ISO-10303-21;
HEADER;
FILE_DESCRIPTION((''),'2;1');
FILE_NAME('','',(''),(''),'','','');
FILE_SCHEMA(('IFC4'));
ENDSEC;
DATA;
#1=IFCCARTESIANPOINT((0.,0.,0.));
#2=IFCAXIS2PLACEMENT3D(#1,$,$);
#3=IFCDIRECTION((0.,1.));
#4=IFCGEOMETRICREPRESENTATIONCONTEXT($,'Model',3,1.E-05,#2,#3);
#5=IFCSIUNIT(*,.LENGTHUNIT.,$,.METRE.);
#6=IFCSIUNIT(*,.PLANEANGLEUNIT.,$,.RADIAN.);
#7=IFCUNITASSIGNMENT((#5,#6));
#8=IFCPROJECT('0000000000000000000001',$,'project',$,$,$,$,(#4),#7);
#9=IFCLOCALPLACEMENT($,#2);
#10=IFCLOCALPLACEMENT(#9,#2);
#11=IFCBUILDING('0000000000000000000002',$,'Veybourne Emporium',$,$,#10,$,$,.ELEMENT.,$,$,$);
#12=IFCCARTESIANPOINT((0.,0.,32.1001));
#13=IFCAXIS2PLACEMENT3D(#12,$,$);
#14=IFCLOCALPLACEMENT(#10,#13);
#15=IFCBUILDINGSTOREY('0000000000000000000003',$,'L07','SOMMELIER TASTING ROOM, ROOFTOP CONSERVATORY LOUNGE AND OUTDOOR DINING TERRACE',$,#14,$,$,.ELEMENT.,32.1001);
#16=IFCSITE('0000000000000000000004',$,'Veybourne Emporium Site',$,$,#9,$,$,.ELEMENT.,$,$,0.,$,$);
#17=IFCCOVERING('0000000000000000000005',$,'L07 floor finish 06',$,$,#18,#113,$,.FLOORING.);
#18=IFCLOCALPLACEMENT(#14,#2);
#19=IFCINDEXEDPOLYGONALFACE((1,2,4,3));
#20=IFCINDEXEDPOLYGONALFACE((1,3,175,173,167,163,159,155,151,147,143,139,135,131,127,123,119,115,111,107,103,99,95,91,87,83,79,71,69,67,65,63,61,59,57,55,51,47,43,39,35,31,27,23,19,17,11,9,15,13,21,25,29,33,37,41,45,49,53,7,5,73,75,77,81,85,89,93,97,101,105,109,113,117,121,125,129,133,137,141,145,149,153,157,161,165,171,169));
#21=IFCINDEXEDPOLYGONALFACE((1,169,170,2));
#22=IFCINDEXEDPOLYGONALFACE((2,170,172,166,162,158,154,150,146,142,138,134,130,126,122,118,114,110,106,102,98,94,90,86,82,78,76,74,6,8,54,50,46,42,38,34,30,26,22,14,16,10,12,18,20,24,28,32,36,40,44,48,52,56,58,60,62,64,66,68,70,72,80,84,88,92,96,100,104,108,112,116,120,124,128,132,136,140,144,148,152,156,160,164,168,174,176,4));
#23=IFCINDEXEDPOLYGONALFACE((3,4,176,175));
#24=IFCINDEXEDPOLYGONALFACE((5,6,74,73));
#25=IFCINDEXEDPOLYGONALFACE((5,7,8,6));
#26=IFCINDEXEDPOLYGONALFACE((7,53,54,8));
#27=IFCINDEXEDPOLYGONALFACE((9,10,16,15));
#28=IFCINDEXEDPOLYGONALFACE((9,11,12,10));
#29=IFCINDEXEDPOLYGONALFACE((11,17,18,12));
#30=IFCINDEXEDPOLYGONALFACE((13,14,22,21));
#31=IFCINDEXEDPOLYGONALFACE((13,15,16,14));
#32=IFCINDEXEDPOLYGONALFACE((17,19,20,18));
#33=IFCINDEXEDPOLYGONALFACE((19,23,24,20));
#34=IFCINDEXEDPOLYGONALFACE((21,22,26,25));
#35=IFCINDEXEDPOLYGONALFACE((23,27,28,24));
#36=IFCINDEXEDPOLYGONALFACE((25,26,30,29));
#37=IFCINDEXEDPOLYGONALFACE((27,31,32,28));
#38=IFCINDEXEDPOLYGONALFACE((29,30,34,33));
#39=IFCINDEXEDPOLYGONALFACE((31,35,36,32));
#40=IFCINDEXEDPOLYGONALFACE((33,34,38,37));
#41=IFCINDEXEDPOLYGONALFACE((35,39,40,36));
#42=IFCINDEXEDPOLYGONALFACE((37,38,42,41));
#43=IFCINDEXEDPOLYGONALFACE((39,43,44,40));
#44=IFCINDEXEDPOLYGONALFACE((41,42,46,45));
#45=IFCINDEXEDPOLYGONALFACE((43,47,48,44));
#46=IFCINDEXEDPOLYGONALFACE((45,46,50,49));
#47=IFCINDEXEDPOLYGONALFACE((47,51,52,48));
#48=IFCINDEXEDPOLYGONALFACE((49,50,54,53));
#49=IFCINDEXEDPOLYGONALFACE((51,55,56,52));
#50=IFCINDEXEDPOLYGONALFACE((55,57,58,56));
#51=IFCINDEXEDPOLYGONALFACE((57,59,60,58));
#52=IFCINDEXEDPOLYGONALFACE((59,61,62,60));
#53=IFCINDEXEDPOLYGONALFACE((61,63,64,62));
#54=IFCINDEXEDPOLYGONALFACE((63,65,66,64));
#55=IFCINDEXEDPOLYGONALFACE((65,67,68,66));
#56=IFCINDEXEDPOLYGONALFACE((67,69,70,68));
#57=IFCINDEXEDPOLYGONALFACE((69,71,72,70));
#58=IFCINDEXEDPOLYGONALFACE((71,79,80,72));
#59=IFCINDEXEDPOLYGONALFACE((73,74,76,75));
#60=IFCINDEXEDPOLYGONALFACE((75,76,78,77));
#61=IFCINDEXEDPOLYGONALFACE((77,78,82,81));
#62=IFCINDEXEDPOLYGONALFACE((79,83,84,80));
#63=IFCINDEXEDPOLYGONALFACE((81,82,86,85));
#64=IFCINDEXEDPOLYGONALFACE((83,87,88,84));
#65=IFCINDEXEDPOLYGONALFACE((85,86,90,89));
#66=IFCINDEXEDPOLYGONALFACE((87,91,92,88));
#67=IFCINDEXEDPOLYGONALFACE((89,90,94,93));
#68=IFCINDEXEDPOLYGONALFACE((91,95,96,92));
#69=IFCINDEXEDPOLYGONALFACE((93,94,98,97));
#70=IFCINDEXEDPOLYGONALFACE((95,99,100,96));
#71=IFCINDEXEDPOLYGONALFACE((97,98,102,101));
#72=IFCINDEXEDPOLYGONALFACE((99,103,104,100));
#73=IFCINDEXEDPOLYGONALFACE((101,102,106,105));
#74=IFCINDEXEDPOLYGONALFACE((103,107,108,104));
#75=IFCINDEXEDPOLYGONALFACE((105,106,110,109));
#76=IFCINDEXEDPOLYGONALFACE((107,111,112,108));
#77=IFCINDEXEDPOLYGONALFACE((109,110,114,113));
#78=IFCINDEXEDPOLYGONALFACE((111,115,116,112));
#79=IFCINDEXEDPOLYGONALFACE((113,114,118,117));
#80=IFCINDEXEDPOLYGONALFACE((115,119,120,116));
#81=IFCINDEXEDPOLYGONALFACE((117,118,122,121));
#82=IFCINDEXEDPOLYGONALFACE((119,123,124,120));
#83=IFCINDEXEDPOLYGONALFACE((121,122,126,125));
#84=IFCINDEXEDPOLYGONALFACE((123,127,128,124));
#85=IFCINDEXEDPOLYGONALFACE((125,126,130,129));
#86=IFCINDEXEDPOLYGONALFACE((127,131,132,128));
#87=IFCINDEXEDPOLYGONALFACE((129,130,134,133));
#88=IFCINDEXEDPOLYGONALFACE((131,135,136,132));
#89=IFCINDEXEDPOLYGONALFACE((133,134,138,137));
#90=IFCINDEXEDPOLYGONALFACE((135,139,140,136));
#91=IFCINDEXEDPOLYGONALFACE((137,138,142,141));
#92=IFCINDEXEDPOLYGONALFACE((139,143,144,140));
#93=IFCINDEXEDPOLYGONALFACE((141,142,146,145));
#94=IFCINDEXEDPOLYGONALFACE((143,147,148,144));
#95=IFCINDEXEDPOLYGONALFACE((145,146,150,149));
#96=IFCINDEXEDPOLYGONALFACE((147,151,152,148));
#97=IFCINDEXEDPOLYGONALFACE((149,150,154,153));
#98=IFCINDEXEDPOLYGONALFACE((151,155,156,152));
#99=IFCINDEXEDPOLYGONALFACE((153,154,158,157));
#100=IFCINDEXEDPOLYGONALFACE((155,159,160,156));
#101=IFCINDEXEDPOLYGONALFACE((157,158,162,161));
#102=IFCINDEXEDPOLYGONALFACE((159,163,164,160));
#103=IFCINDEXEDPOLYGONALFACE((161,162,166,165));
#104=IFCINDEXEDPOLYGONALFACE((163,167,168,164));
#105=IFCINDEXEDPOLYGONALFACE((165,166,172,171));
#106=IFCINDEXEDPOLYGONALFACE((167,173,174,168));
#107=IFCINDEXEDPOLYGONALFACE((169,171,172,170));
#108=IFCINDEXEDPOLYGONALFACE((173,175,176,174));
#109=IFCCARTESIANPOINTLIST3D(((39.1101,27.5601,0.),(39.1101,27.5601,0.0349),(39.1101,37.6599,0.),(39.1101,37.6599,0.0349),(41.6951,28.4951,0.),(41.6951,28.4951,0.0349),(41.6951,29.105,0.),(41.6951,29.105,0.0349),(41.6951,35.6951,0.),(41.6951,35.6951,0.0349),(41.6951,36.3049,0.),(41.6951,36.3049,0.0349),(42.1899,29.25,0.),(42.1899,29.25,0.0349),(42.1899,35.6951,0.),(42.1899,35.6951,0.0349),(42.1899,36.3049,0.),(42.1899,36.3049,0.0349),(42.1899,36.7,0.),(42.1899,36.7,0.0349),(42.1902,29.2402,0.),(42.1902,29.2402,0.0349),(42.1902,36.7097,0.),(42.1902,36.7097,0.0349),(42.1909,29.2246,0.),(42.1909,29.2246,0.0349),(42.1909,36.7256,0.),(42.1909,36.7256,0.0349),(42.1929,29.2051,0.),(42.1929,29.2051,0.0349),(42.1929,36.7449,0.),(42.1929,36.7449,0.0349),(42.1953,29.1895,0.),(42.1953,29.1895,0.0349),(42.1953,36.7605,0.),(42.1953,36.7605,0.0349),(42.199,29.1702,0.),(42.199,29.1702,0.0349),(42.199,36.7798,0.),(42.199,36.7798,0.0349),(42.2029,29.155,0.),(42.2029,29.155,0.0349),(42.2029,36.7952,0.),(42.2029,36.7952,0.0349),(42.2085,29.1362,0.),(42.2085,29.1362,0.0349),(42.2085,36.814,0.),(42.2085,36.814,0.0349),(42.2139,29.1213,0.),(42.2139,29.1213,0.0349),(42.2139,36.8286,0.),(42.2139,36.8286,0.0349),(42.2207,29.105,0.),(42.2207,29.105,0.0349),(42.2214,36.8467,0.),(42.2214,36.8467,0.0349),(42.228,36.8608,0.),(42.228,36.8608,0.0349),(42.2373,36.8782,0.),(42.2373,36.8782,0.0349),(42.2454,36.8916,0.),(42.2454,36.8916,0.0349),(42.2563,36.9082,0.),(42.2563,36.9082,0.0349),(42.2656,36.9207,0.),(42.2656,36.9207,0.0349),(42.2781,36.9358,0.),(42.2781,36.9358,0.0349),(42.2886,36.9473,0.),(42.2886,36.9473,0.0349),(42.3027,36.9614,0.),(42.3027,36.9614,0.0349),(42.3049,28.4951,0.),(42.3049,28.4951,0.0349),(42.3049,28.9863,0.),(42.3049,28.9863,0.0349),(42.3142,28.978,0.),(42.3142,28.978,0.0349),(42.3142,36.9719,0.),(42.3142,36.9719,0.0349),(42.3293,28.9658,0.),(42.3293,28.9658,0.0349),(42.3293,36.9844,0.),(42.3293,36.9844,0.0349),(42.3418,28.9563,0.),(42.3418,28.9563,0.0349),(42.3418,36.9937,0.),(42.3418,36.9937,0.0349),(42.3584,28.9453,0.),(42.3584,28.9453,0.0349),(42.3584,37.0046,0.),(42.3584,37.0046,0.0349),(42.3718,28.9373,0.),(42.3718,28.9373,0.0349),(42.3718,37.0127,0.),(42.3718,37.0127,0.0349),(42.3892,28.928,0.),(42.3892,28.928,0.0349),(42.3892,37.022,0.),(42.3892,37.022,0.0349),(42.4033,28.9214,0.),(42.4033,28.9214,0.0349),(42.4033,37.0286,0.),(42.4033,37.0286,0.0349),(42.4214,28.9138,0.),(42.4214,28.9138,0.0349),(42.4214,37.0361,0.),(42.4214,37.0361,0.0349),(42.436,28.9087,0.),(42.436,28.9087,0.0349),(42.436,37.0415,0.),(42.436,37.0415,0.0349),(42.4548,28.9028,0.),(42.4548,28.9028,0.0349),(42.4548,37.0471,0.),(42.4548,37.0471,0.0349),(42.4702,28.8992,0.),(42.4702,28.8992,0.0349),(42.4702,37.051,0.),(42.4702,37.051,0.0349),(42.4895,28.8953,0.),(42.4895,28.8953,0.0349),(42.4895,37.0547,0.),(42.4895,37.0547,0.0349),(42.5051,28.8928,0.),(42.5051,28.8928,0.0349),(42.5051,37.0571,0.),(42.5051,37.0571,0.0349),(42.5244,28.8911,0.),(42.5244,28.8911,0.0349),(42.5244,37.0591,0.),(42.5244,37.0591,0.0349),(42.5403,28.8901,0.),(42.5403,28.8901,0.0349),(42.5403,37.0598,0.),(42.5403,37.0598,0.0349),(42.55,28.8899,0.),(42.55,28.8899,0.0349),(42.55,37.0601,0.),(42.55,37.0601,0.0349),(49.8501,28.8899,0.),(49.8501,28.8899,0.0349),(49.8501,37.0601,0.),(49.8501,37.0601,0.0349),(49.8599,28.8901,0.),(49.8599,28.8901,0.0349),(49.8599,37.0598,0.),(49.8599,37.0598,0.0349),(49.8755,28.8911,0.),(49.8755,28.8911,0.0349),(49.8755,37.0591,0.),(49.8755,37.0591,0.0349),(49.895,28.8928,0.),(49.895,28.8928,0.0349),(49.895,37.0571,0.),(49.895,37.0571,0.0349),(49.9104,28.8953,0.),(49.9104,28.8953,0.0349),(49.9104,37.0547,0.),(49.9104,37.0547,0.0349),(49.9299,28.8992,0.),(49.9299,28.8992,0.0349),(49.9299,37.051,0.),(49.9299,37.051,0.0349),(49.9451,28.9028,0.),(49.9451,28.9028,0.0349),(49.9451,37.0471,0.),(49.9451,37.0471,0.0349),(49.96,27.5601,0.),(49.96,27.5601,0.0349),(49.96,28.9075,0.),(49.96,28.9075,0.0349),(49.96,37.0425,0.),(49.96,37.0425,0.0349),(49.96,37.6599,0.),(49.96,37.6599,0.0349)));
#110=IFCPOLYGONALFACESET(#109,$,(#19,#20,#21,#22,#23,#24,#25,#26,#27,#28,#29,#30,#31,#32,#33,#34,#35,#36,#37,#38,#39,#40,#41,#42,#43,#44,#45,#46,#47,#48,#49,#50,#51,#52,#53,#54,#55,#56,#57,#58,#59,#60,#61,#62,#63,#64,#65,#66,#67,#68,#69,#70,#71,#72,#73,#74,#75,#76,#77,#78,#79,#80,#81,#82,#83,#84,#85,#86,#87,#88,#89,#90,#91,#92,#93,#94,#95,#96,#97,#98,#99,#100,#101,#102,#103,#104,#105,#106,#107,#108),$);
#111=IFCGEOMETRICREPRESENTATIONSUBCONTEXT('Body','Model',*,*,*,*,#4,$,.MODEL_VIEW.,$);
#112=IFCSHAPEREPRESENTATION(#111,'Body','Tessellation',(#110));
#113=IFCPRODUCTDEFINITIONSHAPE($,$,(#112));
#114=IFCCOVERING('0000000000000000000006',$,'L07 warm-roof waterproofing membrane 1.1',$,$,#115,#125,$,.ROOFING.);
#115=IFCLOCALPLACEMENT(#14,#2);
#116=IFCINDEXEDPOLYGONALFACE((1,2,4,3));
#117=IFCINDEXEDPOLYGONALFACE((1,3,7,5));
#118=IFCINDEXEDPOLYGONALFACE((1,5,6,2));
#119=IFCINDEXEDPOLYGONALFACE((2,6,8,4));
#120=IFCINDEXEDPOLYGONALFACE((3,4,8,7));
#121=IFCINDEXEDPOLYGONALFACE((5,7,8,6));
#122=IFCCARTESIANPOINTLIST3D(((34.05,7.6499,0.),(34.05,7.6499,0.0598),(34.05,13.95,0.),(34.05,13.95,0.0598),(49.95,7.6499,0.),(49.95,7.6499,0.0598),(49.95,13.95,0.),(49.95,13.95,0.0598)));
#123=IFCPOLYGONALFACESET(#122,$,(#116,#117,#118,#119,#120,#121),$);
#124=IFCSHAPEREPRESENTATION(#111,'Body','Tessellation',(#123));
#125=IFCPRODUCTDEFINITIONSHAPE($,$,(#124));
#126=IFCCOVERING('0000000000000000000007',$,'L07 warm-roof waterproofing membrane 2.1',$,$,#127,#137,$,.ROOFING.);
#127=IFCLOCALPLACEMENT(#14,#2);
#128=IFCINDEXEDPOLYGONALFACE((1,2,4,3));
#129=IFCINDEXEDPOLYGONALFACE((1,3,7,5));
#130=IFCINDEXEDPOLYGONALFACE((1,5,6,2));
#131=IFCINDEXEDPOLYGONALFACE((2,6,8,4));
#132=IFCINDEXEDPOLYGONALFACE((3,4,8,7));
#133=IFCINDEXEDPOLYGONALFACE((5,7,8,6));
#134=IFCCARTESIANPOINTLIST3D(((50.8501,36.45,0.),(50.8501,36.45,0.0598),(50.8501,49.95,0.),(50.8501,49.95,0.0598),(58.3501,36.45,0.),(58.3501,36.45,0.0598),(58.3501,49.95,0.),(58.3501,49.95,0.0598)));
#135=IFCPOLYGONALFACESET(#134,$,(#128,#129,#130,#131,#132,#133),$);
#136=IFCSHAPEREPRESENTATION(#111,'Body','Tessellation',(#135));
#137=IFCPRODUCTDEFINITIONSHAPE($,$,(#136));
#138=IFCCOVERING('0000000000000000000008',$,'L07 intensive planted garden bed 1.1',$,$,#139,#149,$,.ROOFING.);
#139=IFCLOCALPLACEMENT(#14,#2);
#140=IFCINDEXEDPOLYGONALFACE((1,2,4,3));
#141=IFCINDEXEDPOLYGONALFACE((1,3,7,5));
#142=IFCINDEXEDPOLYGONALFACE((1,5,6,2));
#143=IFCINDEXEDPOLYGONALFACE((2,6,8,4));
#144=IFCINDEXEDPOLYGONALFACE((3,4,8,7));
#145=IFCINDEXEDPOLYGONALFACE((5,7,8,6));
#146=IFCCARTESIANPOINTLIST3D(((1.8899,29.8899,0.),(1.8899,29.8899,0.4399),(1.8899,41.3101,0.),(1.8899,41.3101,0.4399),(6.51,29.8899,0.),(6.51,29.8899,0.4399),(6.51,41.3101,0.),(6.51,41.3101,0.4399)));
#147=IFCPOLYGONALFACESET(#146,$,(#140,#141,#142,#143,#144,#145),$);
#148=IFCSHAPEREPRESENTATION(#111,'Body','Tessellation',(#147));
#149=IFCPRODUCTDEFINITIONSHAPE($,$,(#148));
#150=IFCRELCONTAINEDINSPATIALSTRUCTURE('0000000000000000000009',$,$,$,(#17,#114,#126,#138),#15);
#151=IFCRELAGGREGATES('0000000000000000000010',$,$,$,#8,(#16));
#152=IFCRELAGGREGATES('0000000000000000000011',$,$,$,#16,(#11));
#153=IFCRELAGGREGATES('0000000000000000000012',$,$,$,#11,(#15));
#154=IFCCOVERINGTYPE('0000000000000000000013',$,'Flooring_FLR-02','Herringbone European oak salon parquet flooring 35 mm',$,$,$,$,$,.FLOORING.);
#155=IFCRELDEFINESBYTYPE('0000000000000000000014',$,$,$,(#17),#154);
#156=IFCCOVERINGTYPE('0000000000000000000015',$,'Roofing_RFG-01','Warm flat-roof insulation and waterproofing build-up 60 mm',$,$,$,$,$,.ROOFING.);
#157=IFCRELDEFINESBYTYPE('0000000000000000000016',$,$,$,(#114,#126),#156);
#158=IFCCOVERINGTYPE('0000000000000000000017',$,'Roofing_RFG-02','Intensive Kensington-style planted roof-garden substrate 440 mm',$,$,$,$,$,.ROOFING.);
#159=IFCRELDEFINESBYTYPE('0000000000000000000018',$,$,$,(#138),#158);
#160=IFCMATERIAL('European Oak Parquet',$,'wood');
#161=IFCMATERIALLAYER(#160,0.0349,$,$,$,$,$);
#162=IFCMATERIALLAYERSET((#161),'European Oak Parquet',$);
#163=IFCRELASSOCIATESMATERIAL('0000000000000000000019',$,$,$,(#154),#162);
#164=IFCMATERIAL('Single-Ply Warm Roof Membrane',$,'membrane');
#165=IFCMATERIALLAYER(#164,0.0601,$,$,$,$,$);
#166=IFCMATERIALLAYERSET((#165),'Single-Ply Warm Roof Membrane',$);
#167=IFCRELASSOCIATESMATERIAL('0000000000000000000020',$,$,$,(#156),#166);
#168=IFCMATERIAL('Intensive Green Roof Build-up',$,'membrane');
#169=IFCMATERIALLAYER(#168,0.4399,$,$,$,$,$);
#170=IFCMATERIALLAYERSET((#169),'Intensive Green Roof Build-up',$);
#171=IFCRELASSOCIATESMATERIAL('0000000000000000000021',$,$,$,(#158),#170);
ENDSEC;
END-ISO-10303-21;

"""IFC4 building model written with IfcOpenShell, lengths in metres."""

from ifc_helpers import new_model, si_unit, direction, frame, origin, place, context, subcontext, project, spatial, polyline, outline, extrude, material, layer, layer_set, type_object, element, save


model = new_model("IFC4")

# Units and contexts
model_context = context("Model", 3, precision=1e-05, world=origin(), true_north=direction((0.0, 1.0)))
body_context = subcontext(model_context, "Body", "Model", "MODEL_VIEW")
ifc_project = project(units=[si_unit("LENGTHUNIT", "METRE"), si_unit("PLANEANGLEUNIT", "RADIAN")], contexts=[model_context])

# Site, building, storey
site_placement = place(None, origin())
site = spatial("IfcSite", under=ifc_project, at=site_placement, Name="Veybourne Emporium Site", CompositionType="ELEMENT", RefElevation=0.0)
building_placement = place(site_placement, origin())
building = spatial("IfcBuilding", under=site, at=building_placement, Name="Veybourne Emporium", CompositionType="ELEMENT")
storey_placement = place(building_placement, frame((0.0, 0.0, 32.1001)))
storey = spatial("IfcBuildingStorey", under=building, at=storey_placement, Name="L07", Description="SOMMELIER TASTING ROOM, ROOFTOP CONSERVATORY LOUNGE AND OUTDOOR DINING TERRACE", CompositionType="ELEMENT", Elevation=32.1001)

# Covering
ifc_material_1 = material(Name="European Oak Parquet", Category="wood")
ifc_layer_1 = layer(ifc_material_1, 0.0349)
ifc_layer_set_1 = layer_set([ifc_layer_1], Name="European Oak Parquet")
covering_type_1 = type_object("IfcCoveringType", Name="Flooring_FLR-02", Description="Herringbone European oak salon parquet flooring 35 mm", PredefinedType="FLOORING", material=ifc_layer_set_1)
covering_1_placement = place(storey_placement, origin())
element("IfcCovering", 1, at=covering_1_placement, inside=storey, type_object=covering_type_1, Name="L07 floor finish 06", PredefinedType="FLOORING", context=body_context, shape_type="SweptSolid", body=[
    extrude(outline(polyline([(39.1101, 27.5601), (39.1101, 37.6599), (49.96, 37.6599), (49.96, 37.0425), (49.9451, 37.0471), (49.9299, 37.051), (49.9104, 37.0547), (49.895, 37.0571), (49.8755, 37.0591), (49.8599, 37.0598), (49.8501, 37.0601), (42.55, 37.0601), (42.5403, 37.0598), (42.5244, 37.0591), (42.5051, 37.0571), (42.4895, 37.0547), (42.4702, 37.051), (42.4548, 37.0471), (42.436, 37.0415), (42.4214, 37.0361), (42.4033, 37.0286), (42.3892, 37.022), (42.3718, 37.0127), (42.3584, 37.0046), (42.3418, 36.9937), (42.3293, 36.9844), (42.3142, 36.9719), (42.3027, 36.9614), (42.2886, 36.9473), (42.2781, 36.9358), (42.2656, 36.9207), (42.2563, 36.9082), (42.2454, 36.8916), (42.2373, 36.8782), (42.228, 36.8608), (42.2214, 36.8467), (42.2139, 36.8286), (42.2085, 36.814), (42.2029, 36.7952), (42.199, 36.7798), (42.1953, 36.7605), (42.1929, 36.7449), (42.1909, 36.7256), (42.1902, 36.7097), (42.1899, 36.7), (42.1899, 36.3049), (41.6951, 36.3049), (41.6951, 35.6951), (42.1899, 35.6951), (42.1899, 29.25), (42.1902, 29.2402), (42.1909, 29.2246), (42.1929, 29.2051), (42.1953, 29.1895), (42.199, 29.1702), (42.2029, 29.155), (42.2085, 29.1362), (42.2139, 29.1213), (42.2207, 29.105), (41.6951, 29.105), (41.6951, 28.4951), (42.3049, 28.4951), (42.3049, 28.9863), (42.3142, 28.978), (42.3293, 28.9658), (42.3418, 28.9563), (42.3584, 28.9453), (42.3718, 28.9373), (42.3892, 28.928), (42.4033, 28.9214), (42.4214, 28.9138), (42.436, 28.9087), (42.4548, 28.9028), (42.4702, 28.8992), (42.4895, 28.8953), (42.5051, 28.8928), (42.5244, 28.8911), (42.5403, 28.8901), (42.55, 28.8899), (49.8501, 28.8899), (49.8599, 28.8901), (49.8755, 28.8911), (49.895, 28.8928), (49.9104, 28.8953), (49.9299, 28.8992), (49.9451, 28.9028), (49.96, 28.9075), (49.96, 27.5601), (39.1101, 27.5601)])), origin(), (0.0, 0.0, 1.0), 0.0349),
])

# Coverings
ifc_material_2 = material(Name="Single-Ply Warm Roof Membrane", Category="membrane")
ifc_layer_2 = layer(ifc_material_2, 0.0601)
ifc_layer_set_2 = layer_set([ifc_layer_2], Name="Single-Ply Warm Roof Membrane")
covering_type_2 = type_object("IfcCoveringType", Name="Roofing_RFG-01", Description="Warm flat-roof insulation and waterproofing build-up 60 mm", PredefinedType="ROOFING", material=ifc_layer_set_2)
covering_2_placement = place(storey_placement, origin())
element("IfcCovering", 2, at=covering_2_placement, inside=storey, type_object=covering_type_2, Name="L07 warm-roof waterproofing membrane 1.1", PredefinedType="ROOFING", context=body_context, shape_type="SweptSolid", body=[
    extrude(outline(polyline([(49.95, 13.95), (49.95, 7.6499), (34.05, 7.6499), (34.05, 13.95), (49.95, 13.95)])), origin(), (0.0, 0.0, 1.0), 0.0598),
])
covering_3_placement = place(storey_placement, origin())
element("IfcCovering", 3, at=covering_3_placement, inside=storey, type_object=covering_type_2, Name="L07 warm-roof waterproofing membrane 2.1", PredefinedType="ROOFING", context=body_context, shape_type="SweptSolid", body=[
    extrude(outline(polyline([(50.8501, 49.95), (58.3501, 49.95), (58.3501, 36.45), (50.8501, 36.45), (50.8501, 49.95)])), origin(), (0.0, 0.0, 1.0), 0.0598),
])
ifc_material_3 = material(Name="Intensive Green Roof Build-up", Category="membrane")
ifc_layer_3 = layer(ifc_material_3, 0.4399)
ifc_layer_set_3 = layer_set([ifc_layer_3], Name="Intensive Green Roof Build-up")
covering_type_3 = type_object("IfcCoveringType", Name="Roofing_RFG-02", Description="Intensive Kensington-style planted roof-garden substrate 440 mm", PredefinedType="ROOFING", material=ifc_layer_set_3)
covering_4_placement = place(storey_placement, origin())
element("IfcCovering", 4, at=covering_4_placement, inside=storey, type_object=covering_type_3, Name="L07 intensive planted garden bed 1.1", PredefinedType="ROOFING", context=body_context, shape_type="SweptSolid", body=[
    extrude(outline(polyline([(6.51, 41.3101), (6.51, 29.8899), (1.8899, 29.8899), (1.8899, 41.3101), (6.51, 41.3101)])), origin(), (0.0, 0.0, 1.0), 0.4399),
])

save(model, "model.ifc")
